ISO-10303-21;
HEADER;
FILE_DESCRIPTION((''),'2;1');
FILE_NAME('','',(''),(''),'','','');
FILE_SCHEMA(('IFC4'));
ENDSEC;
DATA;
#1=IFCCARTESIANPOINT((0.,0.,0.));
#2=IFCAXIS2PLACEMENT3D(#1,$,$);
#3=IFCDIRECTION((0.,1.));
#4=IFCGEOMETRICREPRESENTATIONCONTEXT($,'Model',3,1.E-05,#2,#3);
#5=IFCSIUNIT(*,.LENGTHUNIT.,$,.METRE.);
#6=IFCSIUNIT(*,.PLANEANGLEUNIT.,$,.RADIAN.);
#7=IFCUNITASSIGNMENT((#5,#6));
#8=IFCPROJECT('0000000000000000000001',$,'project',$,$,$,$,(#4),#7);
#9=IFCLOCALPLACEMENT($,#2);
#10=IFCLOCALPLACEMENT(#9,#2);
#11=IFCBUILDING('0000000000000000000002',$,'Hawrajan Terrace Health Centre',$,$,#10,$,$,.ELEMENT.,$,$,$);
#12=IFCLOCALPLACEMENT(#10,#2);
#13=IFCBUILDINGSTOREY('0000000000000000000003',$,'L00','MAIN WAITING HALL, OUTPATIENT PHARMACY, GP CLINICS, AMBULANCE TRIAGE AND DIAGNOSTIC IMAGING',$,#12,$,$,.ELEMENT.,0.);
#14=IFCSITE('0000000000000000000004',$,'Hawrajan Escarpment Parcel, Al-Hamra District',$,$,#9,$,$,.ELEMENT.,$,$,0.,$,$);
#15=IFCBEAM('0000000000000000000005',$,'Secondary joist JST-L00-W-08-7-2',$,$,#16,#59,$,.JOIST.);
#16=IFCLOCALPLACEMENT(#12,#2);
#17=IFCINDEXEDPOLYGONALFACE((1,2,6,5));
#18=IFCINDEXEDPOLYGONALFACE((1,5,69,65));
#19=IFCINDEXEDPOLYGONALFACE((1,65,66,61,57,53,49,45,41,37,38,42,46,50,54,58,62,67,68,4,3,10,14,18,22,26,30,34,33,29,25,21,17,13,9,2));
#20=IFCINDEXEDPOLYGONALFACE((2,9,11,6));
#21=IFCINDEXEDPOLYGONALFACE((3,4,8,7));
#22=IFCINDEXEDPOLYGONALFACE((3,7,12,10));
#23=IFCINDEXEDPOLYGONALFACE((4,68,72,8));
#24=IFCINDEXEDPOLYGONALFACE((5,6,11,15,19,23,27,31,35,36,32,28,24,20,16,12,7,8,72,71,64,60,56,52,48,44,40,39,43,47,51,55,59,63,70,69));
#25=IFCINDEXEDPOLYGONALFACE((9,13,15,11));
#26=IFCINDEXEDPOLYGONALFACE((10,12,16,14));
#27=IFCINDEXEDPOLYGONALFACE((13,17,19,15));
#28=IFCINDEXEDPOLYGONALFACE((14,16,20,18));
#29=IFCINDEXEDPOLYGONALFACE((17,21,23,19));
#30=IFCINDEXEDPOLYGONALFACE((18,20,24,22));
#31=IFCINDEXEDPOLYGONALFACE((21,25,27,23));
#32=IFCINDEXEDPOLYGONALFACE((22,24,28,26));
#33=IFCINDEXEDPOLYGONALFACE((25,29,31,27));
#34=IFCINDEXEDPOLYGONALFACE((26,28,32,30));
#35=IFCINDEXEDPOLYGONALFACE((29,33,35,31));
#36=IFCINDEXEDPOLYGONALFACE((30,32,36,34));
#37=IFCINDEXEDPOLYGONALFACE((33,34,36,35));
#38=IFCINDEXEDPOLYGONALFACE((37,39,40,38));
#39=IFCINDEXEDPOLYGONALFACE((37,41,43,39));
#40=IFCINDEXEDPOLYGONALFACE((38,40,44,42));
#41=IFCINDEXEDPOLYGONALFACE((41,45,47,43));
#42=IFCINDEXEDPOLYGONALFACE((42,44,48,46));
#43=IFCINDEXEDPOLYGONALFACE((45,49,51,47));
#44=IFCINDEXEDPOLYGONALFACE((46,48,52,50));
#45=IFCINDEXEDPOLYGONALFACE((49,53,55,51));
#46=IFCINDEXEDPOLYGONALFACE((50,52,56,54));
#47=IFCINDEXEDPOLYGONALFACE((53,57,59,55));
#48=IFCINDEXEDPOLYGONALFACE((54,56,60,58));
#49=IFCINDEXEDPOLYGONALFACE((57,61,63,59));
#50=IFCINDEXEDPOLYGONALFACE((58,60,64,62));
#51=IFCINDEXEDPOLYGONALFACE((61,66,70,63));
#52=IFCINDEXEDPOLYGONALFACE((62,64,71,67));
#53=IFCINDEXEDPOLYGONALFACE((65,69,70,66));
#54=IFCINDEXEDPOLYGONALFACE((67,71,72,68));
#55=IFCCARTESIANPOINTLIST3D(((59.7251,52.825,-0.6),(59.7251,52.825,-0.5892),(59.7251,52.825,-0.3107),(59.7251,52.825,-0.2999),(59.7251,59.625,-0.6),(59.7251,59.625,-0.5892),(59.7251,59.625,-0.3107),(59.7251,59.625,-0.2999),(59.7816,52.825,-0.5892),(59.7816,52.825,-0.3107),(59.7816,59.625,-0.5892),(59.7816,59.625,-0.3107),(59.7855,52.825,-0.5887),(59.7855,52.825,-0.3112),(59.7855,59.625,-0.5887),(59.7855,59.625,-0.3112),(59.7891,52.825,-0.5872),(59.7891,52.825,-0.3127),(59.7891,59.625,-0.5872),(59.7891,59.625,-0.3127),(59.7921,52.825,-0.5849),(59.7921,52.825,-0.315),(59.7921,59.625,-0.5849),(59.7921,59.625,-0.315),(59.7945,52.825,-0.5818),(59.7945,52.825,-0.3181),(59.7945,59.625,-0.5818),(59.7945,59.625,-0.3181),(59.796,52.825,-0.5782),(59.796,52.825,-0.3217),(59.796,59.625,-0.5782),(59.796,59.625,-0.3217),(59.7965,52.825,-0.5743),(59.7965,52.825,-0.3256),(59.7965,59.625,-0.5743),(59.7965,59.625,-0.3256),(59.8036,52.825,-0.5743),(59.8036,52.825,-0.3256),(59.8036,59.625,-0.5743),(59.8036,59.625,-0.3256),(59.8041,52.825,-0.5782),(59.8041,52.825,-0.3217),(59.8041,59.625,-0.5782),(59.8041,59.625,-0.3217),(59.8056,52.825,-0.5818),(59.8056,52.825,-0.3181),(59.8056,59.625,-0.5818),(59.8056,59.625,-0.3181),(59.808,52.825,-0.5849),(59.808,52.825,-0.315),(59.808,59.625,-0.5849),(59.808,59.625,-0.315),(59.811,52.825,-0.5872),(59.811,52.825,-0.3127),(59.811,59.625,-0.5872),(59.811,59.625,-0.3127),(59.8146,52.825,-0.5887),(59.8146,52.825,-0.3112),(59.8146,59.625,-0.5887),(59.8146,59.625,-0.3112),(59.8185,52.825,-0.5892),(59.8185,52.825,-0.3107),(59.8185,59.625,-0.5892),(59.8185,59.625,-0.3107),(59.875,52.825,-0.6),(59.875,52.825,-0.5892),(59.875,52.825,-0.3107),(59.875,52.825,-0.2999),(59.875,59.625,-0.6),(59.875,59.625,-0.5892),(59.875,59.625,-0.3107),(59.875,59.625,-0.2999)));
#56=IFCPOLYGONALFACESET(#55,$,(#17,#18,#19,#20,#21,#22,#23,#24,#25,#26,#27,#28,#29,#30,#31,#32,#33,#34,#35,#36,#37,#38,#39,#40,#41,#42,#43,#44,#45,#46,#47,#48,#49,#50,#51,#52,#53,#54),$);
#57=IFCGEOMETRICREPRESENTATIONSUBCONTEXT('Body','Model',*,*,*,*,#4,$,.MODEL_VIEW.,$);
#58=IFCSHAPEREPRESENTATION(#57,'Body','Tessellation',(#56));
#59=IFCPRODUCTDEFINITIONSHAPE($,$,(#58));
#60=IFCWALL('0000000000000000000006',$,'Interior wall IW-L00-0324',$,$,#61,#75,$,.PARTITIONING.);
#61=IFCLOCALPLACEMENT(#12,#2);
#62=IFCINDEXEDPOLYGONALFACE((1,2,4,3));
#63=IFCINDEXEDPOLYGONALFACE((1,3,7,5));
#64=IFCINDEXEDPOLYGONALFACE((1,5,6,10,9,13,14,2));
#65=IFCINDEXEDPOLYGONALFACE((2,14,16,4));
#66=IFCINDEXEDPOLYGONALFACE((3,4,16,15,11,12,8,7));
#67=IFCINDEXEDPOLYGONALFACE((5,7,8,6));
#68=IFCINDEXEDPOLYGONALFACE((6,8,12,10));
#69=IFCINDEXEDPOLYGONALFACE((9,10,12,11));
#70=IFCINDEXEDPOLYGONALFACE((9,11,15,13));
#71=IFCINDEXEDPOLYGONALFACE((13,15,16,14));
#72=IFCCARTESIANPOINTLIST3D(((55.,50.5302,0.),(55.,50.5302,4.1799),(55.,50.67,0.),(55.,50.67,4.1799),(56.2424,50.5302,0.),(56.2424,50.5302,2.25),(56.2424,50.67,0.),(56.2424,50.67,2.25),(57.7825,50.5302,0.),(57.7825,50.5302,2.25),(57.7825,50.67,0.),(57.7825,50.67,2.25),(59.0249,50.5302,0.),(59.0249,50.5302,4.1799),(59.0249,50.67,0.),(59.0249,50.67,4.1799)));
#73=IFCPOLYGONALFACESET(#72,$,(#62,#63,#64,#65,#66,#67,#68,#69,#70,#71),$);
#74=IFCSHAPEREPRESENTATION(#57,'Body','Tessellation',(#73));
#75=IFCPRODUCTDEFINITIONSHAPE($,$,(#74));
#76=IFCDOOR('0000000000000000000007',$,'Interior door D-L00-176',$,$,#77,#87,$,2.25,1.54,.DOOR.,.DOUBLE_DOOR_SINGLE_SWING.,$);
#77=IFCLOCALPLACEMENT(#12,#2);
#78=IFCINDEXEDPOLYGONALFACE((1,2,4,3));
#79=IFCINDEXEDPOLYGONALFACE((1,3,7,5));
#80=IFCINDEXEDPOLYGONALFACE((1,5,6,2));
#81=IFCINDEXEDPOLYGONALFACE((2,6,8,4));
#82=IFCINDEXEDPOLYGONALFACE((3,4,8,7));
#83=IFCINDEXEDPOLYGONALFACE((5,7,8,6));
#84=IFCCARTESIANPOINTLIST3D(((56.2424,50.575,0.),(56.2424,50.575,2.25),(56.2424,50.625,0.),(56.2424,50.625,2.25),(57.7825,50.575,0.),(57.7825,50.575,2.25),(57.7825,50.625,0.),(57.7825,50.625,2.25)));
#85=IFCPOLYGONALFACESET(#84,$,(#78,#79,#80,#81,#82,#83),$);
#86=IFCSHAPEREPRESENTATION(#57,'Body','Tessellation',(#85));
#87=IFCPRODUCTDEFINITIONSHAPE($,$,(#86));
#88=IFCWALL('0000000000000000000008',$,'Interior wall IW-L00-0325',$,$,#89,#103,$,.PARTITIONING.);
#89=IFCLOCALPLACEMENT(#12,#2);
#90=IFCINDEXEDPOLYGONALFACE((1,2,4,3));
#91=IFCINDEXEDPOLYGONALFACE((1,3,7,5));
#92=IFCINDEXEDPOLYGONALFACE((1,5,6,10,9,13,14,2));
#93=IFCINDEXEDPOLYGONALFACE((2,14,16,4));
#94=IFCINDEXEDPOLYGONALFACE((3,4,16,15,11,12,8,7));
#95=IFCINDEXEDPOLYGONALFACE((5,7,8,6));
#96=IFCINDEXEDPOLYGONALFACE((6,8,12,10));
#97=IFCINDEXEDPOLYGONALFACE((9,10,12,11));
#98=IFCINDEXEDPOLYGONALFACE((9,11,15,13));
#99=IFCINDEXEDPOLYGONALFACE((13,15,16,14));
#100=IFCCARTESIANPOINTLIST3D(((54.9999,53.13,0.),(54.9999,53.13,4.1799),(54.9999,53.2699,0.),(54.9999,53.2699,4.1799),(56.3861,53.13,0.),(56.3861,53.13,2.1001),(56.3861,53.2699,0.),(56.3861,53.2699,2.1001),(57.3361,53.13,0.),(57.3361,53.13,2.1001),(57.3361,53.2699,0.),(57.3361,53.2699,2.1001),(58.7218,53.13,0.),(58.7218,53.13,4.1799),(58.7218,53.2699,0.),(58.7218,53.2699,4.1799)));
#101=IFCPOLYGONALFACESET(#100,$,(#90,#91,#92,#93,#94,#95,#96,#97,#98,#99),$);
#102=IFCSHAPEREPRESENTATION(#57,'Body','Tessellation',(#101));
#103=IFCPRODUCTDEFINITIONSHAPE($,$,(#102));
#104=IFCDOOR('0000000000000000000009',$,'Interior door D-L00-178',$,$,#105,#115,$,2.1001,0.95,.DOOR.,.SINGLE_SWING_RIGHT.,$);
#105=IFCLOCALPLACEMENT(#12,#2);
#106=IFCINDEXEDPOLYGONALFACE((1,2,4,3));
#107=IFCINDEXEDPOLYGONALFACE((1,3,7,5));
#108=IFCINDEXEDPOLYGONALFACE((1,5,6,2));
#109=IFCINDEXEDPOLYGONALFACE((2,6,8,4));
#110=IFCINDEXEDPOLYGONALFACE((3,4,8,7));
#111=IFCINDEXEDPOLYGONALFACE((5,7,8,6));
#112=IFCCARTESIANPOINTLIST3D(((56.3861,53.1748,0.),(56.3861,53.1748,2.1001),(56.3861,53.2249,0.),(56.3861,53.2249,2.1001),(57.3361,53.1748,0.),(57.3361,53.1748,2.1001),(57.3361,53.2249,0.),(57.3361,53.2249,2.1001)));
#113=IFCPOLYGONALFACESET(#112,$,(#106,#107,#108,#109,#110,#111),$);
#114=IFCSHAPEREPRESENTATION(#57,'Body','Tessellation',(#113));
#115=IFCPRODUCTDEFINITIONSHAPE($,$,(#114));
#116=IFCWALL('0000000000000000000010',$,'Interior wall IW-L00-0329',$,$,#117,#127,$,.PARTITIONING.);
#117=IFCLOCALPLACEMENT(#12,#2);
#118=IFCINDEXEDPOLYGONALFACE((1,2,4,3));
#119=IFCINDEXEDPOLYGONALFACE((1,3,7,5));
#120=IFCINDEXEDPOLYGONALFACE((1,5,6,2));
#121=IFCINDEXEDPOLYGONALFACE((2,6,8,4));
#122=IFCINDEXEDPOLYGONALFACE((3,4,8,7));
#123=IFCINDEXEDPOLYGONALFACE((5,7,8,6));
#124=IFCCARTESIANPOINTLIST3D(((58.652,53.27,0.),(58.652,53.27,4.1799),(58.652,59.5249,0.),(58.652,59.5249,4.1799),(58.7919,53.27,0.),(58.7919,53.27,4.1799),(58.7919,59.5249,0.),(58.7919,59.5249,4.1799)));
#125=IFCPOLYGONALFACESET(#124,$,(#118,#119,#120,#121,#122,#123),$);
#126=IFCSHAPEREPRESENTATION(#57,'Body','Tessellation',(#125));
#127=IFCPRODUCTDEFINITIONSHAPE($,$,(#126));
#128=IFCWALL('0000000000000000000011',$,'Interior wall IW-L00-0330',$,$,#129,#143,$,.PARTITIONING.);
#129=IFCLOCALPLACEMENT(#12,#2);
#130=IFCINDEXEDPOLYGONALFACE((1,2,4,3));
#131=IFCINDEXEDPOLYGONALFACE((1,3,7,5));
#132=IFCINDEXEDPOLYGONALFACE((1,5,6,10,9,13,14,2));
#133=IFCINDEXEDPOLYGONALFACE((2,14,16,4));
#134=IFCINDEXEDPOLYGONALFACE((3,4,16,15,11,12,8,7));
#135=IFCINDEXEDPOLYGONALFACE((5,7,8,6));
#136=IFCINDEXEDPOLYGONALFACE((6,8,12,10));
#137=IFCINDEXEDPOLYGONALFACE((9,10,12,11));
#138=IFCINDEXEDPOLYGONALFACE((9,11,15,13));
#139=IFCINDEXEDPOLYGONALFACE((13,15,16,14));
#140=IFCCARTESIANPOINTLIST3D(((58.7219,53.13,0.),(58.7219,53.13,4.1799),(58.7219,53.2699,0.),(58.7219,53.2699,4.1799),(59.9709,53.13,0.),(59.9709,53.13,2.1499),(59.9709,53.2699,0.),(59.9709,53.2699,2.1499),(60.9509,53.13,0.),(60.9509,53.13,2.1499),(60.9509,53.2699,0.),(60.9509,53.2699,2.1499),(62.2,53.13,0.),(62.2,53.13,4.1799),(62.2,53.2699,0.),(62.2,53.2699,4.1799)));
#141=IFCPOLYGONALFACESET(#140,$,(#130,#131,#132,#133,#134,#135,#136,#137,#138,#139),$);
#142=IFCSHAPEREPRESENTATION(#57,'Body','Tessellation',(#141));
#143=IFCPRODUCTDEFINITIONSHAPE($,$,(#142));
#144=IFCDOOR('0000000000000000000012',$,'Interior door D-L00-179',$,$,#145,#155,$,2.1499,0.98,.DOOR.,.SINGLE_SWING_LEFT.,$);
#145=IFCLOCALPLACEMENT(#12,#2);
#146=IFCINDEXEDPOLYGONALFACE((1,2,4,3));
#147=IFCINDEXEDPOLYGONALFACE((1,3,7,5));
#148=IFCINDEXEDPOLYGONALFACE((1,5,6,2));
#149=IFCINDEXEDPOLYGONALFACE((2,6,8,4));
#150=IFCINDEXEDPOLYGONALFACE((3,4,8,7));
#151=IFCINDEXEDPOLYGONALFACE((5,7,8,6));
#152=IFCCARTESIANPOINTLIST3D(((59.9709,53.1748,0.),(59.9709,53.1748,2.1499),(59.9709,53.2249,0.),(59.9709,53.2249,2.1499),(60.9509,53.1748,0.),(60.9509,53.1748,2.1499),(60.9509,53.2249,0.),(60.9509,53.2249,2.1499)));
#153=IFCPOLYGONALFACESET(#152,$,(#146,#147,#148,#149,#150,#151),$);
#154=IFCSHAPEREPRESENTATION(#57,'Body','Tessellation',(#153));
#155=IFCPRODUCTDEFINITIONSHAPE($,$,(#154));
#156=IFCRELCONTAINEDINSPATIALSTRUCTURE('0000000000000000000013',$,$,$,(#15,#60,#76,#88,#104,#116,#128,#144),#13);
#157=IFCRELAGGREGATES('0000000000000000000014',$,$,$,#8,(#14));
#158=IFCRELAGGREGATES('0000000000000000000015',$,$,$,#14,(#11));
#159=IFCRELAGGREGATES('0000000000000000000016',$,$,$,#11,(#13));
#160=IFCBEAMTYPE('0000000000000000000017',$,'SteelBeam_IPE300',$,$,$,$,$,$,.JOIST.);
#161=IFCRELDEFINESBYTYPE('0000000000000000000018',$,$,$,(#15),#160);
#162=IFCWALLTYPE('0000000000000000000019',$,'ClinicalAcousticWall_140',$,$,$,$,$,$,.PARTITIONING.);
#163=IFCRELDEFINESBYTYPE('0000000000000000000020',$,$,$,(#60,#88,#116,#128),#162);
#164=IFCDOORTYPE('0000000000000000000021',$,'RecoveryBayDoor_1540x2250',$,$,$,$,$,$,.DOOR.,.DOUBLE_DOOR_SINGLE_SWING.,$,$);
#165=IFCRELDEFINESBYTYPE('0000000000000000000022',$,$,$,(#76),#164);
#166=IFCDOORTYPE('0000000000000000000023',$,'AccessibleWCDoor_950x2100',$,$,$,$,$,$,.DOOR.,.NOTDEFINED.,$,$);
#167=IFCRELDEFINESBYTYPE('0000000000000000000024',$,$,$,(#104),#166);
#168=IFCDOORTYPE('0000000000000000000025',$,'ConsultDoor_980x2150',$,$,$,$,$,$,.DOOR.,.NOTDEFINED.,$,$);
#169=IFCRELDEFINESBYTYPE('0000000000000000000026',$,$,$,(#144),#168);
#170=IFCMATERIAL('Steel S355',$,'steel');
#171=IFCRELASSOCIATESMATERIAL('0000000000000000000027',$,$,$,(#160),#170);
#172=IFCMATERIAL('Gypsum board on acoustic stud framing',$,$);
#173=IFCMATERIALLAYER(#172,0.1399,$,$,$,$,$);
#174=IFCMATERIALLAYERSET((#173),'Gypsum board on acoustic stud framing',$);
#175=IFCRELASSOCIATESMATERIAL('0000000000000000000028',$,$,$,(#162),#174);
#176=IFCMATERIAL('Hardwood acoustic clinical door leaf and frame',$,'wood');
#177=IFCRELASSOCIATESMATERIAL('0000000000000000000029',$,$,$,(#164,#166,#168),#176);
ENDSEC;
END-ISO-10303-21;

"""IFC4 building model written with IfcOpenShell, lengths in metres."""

from ifc_helpers import new_model, si_unit, direction, frame, frame_2d, origin, origin_2d, place, context, subcontext, project, spatial, rectangle, i_section, extrude, material, layer, layer_set, material_profile, profile_set, type_object, element, fill, save


model = new_model("IFC4")

# Units and contexts
model_context = context("Model", 3, precision=1e-05, world=origin(), true_north=direction((0.0, 1.0)))
body_context = subcontext(model_context, "Body", "Model", "MODEL_VIEW")
ifc_project = project(units=[si_unit("LENGTHUNIT", "METRE"), si_unit("PLANEANGLEUNIT", "RADIAN")], contexts=[model_context])

# Site, building, storey
site_placement = place(None, origin())
site = spatial("IfcSite", under=ifc_project, at=site_placement, Name="Hawrajan Escarpment Parcel, Al-Hamra District", CompositionType="ELEMENT", RefElevation=0.0)
building_placement = place(site_placement, origin())
building = spatial("IfcBuilding", under=site, at=building_placement, Name="Hawrajan Terrace Health Centre", CompositionType="ELEMENT")
storey_placement = place(building_placement, origin())
storey = spatial("IfcBuildingStorey", under=building, at=storey_placement, Name="L00", Description="MAIN WAITING HALL, OUTPATIENT PHARMACY, GP CLINICS, AMBULANCE TRIAGE AND DIAGNOSTIC IMAGING", CompositionType="ELEMENT", Elevation=0.0)

# Beam
ifc_material_1 = material(Name="Steel S355", Category="steel")
ifc_material_profile_1 = material_profile(ifc_material_1, i_section(OverallWidth=0.1499, OverallDepth=0.3, WebThickness=0.0071, FlangeThickness=0.0107, FilletRadius=0.0149, at=origin_2d()), Name="IPE 300")
ifc_profile_set_1 = profile_set([ifc_material_profile_1], Name="Steel S355")
beam_type_1 = type_object("IfcBeamType", Name="SteelBeam_IPE300", PredefinedType="JOIST", material=ifc_profile_set_1)
for number, where, z_axis, x_axis, name in (
    (1, (59.8, 52.825, -0.45), (0.0, 1.0, 0.0), (-1.0, 0.0, 0.0), "Secondary joist JST-L00-W-08-7-2"),
):
    element("IfcBeam", number, at=place(storey_placement, frame(where, z_axis=z_axis, x_axis=x_axis)), inside=storey, type_object=beam_type_1, Name=name, PredefinedType="JOIST", context=body_context, shape_type="SweptSolid", body=[
        extrude(i_section(OverallWidth=0.1499, OverallDepth=0.3, WebThickness=0.0071, FlangeThickness=0.0107, FilletRadius=0.0149, at=origin_2d()), origin(), (0.0, 0.0, 1.0), 6.8),
    ])

# Walls, openings, doors
ifc_material_2 = material(Name="Gypsum board on acoustic stud framing")
ifc_layer_1 = layer(ifc_material_2, 0.1399)
ifc_layer_set_1 = layer_set([ifc_layer_1], Name="Gypsum board on acoustic stud framing")
wall_type_1 = type_object("IfcWallType", Name="ClinicalAcousticWall_140", PredefinedType="PARTITIONING", material=ifc_layer_set_1)
ifc_material_3 = material(Name="Hardwood acoustic clinical door leaf and frame", Category="wood")
wall_1_placement = place(storey_placement, frame((55.0, 50.6001, 0.0), z_axis=(0.0, 0.0, 1.0), x_axis=(1.0, 0.0, 0.0)))
wall_1 = element("IfcWall", 2, at=wall_1_placement, inside=storey, type_object=wall_type_1, Name="Interior wall IW-L00-0324", PredefinedType="PARTITIONING", context=body_context, shape_type="SweptSolid", body=[
    extrude(rectangle(XDim=4.0249, YDim=0.1399, at=frame_2d((2.0125, 0.0))), origin(), (0.0, 0.0, 1.0), 4.1799),
])
opening_1_placement = place(wall_1_placement, frame((1.2424, 0.0, 0.0)))
opening_1 = element("IfcOpeningElement", 3, at=opening_1_placement, cuts=wall_1, PredefinedType="OPENING", context=body_context, shape_type="SweptSolid", body=[
    extrude(rectangle(XDim=1.54, YDim=2.25, at=frame_2d((0.77, 1.125))), frame((0.0, 0.0798, 0.0), z_axis=(0.0, -1.0, 0.0), x_axis=(1.0, 0.0, 0.0)), (0.0, 0.0, 1.0), 0.1599),
])
door_type_1 = type_object("IfcDoorType", Name="RecoveryBayDoor_1540x2250", OperationType="DOUBLE_DOOR_SINGLE_SWING", PredefinedType="DOOR", material=ifc_material_3)
door_1_placement = place(opening_1_placement, origin())
door_1 = element("IfcDoor", 4, at=door_1_placement, inside=storey, type_object=door_type_1, Name="Interior door D-L00-176", OperationType="DOUBLE_DOOR_SINGLE_SWING", OverallHeight=2.25, OverallWidth=1.54, PredefinedType="DOOR", context=body_context, shape_type="SweptSolid", body=[
    extrude(rectangle(XDim=1.54, YDim=2.25, at=frame_2d((0.77, 1.125))), frame((0.0, 0.0249, 0.0), z_axis=(0.0, -1.0, 0.0), x_axis=(1.0, 0.0, 0.0)), (0.0, 0.0, 1.0), 0.05),
])
fill(opening_1, door_1)
wall_2_placement = place(storey_placement, frame((55.0, 53.2, 0.0), z_axis=(0.0, 0.0, 1.0), x_axis=(1.0, 0.0, 0.0)))
wall_2 = element("IfcWall", 5, at=wall_2_placement, inside=storey, type_object=wall_type_1, Name="Interior wall IW-L00-0325", PredefinedType="PARTITIONING", context=body_context, shape_type="SweptSolid", body=[
    extrude(rectangle(XDim=3.7219, YDim=0.1399, at=frame_2d((1.8608, 0.0))), origin(), (0.0, 0.0, 1.0), 4.1799),
])
opening_2_placement = place(wall_2_placement, frame((1.386, 0.0, 0.0)))
opening_2 = element("IfcOpeningElement", 6, at=opening_2_placement, cuts=wall_2, PredefinedType="OPENING", context=body_context, shape_type="SweptSolid", body=[
    extrude(rectangle(XDim=0.95, YDim=2.1001, at=frame_2d((0.4751, 1.05))), frame((0.0, 0.0798, 0.0), z_axis=(0.0, -1.0, 0.0), x_axis=(1.0, 0.0, 0.0)), (0.0, 0.0, 1.0), 0.1599),
])
door_type_2 = type_object("IfcDoorType", Name="AccessibleWCDoor_950x2100", OperationType="NOTDEFINED", PredefinedType="DOOR", material=ifc_material_3)
door_2_placement = place(opening_2_placement, origin())
door_2 = element("IfcDoor", 7, at=door_2_placement, inside=storey, type_object=door_type_2, Name="Interior door D-L00-178", OperationType="SINGLE_SWING_RIGHT", OverallHeight=2.1001, OverallWidth=0.95, PredefinedType="DOOR", context=body_context, shape_type="SweptSolid", body=[
    extrude(rectangle(XDim=0.95, YDim=2.1001, at=frame_2d((0.4751, 1.05))), frame((0.0, 0.0249, 0.0), z_axis=(0.0, -1.0, 0.0), x_axis=(1.0, 0.0, 0.0)), (0.0, 0.0, 1.0), 0.05),
])
fill(opening_2, door_2)

# Wall
wall_3_placement = place(storey_placement, frame((58.7219, 53.27, 0.0), z_axis=(0.0, 0.0, 1.0), x_axis=(0.0, 1.0, 0.0)))
element("IfcWall", 8, at=wall_3_placement, inside=storey, type_object=wall_type_1, Name="Interior wall IW-L00-0329", PredefinedType="PARTITIONING", context=body_context, shape_type="SweptSolid", body=[
    extrude(rectangle(XDim=6.2549, YDim=0.1399, at=frame_2d((3.1274, 0.0))), origin(), (0.0, 0.0, 1.0), 4.1799),
])

# Wall, opening, door
wall_4_placement = place(storey_placement, frame((58.7219, 53.2, 0.0), z_axis=(0.0, 0.0, 1.0), x_axis=(1.0, 0.0, 0.0)))
wall_4 = element("IfcWall", 9, at=wall_4_placement, inside=storey, type_object=wall_type_1, Name="Interior wall IW-L00-0330", PredefinedType="PARTITIONING", context=body_context, shape_type="SweptSolid", body=[
    extrude(rectangle(XDim=3.478, YDim=0.1399, at=frame_2d((1.739, 0.0))), origin(), (0.0, 0.0, 1.0), 4.1799),
])
opening_3_placement = place(wall_4_placement, frame((1.249, 0.0, 0.0)))
opening_3 = element("IfcOpeningElement", 10, at=opening_3_placement, cuts=wall_4, PredefinedType="OPENING", context=body_context, shape_type="SweptSolid", body=[
    extrude(rectangle(XDim=0.98, YDim=2.1499, at=frame_2d((0.49, 1.075))), frame((0.0, 0.0798, 0.0), z_axis=(0.0, -1.0, 0.0), x_axis=(1.0, 0.0, 0.0)), (0.0, 0.0, 1.0), 0.1599),
])
door_type_3 = type_object("IfcDoorType", Name="ConsultDoor_980x2150", OperationType="NOTDEFINED", PredefinedType="DOOR", material=ifc_material_3)
door_3_placement = place(opening_3_placement, origin())
door_3 = element("IfcDoor", 11, at=door_3_placement, inside=storey, type_object=door_type_3, Name="Interior door D-L00-179", OperationType="SINGLE_SWING_LEFT", OverallHeight=2.1499, OverallWidth=0.98, PredefinedType="DOOR", context=body_context, shape_type="SweptSolid", body=[
    extrude(rectangle(XDim=0.98, YDim=2.1499, at=frame_2d((0.49, 1.075))), frame((0.0, 0.0249, 0.0), z_axis=(0.0, -1.0, 0.0), x_axis=(1.0, 0.0, 0.0)), (0.0, 0.0, 1.0), 0.05),
])
fill(opening_3, door_3)

save(model, "model.ifc")
